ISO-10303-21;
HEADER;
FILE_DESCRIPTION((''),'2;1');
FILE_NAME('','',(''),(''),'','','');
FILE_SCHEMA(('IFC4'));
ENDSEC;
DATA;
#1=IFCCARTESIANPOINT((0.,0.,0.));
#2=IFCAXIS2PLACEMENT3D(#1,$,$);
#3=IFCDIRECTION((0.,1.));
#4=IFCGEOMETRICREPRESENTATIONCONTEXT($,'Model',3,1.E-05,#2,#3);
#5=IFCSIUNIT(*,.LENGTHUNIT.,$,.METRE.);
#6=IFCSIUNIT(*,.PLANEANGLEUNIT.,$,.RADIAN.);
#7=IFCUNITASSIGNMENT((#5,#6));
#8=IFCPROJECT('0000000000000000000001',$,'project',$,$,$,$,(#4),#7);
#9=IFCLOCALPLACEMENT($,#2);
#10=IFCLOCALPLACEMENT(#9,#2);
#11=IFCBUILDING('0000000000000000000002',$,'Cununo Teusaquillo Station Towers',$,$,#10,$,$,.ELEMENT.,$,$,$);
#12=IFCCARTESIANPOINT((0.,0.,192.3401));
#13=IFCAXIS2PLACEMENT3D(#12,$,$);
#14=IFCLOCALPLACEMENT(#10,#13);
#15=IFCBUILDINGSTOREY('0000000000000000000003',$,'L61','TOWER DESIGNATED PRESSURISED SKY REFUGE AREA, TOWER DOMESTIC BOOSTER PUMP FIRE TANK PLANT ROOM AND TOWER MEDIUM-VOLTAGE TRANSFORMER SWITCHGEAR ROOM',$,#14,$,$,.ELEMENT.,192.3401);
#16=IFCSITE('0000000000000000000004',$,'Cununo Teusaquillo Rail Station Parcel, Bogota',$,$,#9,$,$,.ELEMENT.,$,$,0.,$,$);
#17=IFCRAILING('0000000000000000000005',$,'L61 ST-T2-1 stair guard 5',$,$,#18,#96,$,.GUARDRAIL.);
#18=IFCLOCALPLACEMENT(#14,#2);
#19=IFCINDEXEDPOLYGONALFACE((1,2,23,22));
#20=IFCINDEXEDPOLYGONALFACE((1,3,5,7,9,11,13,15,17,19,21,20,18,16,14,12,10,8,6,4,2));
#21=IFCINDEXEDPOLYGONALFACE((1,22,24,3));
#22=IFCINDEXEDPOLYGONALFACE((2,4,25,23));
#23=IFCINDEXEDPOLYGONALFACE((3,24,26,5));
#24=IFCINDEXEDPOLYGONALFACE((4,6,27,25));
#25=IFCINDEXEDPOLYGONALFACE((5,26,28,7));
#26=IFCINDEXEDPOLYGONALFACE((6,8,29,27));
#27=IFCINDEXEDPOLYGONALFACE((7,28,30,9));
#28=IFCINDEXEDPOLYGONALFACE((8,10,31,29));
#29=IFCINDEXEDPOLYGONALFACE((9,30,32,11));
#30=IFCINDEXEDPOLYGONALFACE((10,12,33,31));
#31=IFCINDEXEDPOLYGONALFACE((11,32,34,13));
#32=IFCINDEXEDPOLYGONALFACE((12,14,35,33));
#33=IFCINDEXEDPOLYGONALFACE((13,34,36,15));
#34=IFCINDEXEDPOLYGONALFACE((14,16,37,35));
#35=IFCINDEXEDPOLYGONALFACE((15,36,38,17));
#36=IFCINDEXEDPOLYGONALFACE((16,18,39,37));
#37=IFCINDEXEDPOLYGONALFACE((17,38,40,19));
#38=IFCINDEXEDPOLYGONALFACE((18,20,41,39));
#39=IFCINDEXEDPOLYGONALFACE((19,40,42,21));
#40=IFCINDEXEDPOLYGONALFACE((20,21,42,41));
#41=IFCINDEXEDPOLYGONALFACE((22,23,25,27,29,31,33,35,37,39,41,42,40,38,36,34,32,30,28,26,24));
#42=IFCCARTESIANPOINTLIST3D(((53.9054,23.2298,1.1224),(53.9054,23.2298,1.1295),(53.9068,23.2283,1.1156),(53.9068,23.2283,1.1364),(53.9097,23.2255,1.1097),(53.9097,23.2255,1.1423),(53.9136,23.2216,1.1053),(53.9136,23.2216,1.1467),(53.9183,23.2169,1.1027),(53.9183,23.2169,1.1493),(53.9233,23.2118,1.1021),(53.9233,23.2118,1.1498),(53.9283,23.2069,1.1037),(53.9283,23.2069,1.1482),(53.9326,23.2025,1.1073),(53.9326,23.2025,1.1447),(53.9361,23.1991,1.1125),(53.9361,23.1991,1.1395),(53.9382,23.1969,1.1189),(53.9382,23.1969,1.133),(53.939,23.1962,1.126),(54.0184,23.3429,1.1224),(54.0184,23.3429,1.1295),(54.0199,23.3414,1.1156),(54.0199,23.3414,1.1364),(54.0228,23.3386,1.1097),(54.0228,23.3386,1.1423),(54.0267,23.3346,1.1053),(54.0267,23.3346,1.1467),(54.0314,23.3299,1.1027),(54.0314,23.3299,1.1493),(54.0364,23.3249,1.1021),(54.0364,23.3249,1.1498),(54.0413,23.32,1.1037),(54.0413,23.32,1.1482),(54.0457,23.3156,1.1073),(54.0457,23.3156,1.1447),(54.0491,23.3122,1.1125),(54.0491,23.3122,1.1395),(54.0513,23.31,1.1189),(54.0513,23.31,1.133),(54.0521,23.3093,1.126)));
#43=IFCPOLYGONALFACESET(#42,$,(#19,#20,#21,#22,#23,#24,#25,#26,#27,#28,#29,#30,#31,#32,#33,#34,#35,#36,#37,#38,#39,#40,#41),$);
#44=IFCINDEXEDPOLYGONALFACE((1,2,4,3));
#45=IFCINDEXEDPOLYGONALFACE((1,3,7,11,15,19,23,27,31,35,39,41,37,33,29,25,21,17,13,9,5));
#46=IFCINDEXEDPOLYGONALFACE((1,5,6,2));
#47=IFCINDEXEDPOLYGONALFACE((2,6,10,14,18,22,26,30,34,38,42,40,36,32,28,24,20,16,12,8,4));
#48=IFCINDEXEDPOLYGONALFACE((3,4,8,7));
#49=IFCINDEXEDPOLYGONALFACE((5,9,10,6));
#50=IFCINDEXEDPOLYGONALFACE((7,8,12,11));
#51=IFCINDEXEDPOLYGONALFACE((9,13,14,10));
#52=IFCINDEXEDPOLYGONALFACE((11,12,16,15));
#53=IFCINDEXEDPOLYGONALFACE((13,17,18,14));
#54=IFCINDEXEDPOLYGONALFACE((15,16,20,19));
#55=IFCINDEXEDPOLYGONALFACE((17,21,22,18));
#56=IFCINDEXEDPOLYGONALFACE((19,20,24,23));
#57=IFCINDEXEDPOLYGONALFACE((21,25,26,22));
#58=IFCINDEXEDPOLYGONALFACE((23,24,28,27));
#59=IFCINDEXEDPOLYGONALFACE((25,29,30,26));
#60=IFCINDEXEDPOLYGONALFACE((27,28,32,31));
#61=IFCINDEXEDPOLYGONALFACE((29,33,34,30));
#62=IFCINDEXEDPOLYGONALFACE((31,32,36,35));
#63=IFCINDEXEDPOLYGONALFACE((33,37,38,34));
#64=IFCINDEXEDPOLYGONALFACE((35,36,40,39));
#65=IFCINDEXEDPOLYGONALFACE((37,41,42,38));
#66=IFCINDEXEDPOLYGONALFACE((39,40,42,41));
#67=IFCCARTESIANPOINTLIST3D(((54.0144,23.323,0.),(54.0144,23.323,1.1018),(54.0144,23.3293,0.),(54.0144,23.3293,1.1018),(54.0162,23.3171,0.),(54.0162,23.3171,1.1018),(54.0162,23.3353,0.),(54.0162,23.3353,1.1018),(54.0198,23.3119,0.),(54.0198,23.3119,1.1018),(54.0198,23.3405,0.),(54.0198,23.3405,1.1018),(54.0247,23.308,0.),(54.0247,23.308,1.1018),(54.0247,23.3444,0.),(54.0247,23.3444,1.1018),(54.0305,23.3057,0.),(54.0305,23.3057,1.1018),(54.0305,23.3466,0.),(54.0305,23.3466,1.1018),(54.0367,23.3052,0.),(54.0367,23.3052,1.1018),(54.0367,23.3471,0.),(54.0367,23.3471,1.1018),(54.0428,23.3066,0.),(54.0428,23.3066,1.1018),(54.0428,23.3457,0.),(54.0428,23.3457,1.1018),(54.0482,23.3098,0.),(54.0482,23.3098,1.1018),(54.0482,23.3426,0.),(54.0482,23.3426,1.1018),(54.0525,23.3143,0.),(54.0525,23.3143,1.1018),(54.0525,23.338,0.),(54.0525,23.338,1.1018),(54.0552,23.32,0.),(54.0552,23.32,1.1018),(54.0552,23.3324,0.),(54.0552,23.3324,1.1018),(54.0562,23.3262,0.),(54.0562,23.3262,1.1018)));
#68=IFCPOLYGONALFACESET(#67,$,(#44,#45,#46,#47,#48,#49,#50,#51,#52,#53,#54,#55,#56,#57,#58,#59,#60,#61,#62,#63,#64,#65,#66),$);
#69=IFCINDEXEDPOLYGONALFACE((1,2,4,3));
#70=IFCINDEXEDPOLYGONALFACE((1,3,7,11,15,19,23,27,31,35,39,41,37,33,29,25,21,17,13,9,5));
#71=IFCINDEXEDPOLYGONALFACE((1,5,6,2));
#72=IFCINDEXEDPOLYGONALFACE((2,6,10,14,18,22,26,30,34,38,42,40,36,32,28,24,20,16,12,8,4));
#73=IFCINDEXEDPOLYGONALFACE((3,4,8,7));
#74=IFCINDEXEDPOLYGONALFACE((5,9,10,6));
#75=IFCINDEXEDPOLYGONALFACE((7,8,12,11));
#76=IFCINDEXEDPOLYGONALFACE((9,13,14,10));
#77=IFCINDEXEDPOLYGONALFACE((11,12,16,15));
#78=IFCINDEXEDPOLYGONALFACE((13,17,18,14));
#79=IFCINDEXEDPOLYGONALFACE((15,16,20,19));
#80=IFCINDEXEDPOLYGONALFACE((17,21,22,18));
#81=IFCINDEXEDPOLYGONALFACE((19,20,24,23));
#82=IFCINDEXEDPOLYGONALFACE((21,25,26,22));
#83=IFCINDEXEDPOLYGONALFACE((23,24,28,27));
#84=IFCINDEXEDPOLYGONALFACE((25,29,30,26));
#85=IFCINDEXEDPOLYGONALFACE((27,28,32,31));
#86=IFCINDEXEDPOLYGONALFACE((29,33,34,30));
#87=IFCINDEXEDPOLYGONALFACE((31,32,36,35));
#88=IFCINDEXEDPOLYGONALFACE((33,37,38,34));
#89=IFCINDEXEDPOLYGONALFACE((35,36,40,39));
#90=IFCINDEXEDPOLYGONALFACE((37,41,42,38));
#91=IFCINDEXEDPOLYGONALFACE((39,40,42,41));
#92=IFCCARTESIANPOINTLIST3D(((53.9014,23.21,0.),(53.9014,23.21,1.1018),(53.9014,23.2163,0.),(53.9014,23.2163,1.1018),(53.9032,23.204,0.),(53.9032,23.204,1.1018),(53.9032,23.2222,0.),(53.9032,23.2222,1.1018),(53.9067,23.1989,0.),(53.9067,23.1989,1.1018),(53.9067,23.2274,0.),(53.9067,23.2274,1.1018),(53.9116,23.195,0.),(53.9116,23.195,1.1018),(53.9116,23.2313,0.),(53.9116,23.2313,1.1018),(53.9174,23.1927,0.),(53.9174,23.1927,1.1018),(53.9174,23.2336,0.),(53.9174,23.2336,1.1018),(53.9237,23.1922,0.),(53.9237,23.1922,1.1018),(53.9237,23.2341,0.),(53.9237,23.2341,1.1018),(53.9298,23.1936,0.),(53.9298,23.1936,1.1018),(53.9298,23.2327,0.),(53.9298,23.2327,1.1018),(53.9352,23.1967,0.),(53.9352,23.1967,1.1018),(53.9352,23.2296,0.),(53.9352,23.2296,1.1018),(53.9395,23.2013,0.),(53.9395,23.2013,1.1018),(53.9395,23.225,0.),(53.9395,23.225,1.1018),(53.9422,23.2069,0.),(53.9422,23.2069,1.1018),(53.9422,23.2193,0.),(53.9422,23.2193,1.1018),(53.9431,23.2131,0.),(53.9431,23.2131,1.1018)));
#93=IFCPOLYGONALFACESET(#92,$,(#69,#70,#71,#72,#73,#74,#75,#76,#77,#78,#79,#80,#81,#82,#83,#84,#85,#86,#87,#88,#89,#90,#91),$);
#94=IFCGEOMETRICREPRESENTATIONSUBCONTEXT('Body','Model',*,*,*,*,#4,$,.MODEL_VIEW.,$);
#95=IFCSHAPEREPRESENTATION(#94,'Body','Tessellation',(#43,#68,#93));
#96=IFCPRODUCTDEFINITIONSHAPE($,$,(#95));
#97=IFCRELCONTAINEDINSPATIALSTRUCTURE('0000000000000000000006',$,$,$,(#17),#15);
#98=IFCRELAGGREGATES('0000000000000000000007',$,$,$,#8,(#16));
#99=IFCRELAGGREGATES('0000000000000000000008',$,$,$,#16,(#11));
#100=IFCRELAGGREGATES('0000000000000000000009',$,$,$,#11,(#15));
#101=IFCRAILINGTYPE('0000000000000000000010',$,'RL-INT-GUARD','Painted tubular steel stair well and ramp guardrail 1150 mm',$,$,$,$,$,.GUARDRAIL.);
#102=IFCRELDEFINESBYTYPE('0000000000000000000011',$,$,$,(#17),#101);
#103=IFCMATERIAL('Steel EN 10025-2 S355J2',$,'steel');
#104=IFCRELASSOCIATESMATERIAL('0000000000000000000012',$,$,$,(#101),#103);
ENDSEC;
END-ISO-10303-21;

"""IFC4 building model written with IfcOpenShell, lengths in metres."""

from ifc_helpers import new_model, si_unit, direction, frame, origin, origin_2d, place, context, subcontext, project, spatial, circle, extrude, material, type_object, element, save


model = new_model("IFC4")

# Units and contexts
model_context = context("Model", 3, precision=1e-05, world=origin(), true_north=direction((0.0, 1.0)))
body_context = subcontext(model_context, "Body", "Model", "MODEL_VIEW")
ifc_project = project(units=[si_unit("LENGTHUNIT", "METRE"), si_unit("PLANEANGLEUNIT", "RADIAN")], contexts=[model_context])

# Site, building, storey
site_placement = place(None, origin())
site = spatial("IfcSite", under=ifc_project, at=site_placement, Name="Cununo Teusaquillo Rail Station Parcel, Bogota", CompositionType="ELEMENT", RefElevation=0.0)
building_placement = place(site_placement, origin())
building = spatial("IfcBuilding", under=site, at=building_placement, Name="Cununo Teusaquillo Station Towers", CompositionType="ELEMENT")
storey_placement = place(building_placement, frame((0.0, 0.0, 192.3401)))
storey = spatial("IfcBuildingStorey", under=building, at=storey_placement, Name="L61", Description="TOWER DESIGNATED PRESSURISED SKY REFUGE AREA, TOWER DOMESTIC BOOSTER PUMP FIRE TANK PLANT ROOM AND TOWER MEDIUM-VOLTAGE TRANSFORMER SWITCHGEAR ROOM", CompositionType="ELEMENT", Elevation=192.3401)

# Railing
ifc_material_1 = material(Name="Steel EN 10025-2 S355J2", Category="steel")
railing_type_1 = type_object("IfcRailingType", Name="RL-INT-GUARD", Description="Painted tubular steel stair well and ramp guardrail 1150 mm", PredefinedType="GUARDRAIL", material=ifc_material_1)
railing_1_placement = place(storey_placement, frame((54.0352, 23.3262, 0.0)))
element("IfcRailing", 1, at=railing_1_placement, inside=storey, type_object=railing_type_1, Name="L61 ST-T2-1 stair guard 5", PredefinedType="GUARDRAIL", context=body_context, shape_type="SweptSolid", body=[
    extrude(circle(Radius=0.0239, at=origin_2d()), frame((0.0, 0.0, 1.126), z_axis=(-0.707107, -0.707107, 0.0), x_axis=(0.707107, -0.707107, 0.0)), (0.0, 0.0, 1.0), 0.1599),
    extrude(circle(Radius=0.021, at=origin_2d()), origin(), (0.0, 0.0, 1.0), 1.1018),
    extrude(circle(Radius=0.021, at=origin_2d()), frame((-0.113, -0.113, 0.0)), (0.0, 0.0, 1.0), 1.1018),
])

save(model, "model.ifc")
